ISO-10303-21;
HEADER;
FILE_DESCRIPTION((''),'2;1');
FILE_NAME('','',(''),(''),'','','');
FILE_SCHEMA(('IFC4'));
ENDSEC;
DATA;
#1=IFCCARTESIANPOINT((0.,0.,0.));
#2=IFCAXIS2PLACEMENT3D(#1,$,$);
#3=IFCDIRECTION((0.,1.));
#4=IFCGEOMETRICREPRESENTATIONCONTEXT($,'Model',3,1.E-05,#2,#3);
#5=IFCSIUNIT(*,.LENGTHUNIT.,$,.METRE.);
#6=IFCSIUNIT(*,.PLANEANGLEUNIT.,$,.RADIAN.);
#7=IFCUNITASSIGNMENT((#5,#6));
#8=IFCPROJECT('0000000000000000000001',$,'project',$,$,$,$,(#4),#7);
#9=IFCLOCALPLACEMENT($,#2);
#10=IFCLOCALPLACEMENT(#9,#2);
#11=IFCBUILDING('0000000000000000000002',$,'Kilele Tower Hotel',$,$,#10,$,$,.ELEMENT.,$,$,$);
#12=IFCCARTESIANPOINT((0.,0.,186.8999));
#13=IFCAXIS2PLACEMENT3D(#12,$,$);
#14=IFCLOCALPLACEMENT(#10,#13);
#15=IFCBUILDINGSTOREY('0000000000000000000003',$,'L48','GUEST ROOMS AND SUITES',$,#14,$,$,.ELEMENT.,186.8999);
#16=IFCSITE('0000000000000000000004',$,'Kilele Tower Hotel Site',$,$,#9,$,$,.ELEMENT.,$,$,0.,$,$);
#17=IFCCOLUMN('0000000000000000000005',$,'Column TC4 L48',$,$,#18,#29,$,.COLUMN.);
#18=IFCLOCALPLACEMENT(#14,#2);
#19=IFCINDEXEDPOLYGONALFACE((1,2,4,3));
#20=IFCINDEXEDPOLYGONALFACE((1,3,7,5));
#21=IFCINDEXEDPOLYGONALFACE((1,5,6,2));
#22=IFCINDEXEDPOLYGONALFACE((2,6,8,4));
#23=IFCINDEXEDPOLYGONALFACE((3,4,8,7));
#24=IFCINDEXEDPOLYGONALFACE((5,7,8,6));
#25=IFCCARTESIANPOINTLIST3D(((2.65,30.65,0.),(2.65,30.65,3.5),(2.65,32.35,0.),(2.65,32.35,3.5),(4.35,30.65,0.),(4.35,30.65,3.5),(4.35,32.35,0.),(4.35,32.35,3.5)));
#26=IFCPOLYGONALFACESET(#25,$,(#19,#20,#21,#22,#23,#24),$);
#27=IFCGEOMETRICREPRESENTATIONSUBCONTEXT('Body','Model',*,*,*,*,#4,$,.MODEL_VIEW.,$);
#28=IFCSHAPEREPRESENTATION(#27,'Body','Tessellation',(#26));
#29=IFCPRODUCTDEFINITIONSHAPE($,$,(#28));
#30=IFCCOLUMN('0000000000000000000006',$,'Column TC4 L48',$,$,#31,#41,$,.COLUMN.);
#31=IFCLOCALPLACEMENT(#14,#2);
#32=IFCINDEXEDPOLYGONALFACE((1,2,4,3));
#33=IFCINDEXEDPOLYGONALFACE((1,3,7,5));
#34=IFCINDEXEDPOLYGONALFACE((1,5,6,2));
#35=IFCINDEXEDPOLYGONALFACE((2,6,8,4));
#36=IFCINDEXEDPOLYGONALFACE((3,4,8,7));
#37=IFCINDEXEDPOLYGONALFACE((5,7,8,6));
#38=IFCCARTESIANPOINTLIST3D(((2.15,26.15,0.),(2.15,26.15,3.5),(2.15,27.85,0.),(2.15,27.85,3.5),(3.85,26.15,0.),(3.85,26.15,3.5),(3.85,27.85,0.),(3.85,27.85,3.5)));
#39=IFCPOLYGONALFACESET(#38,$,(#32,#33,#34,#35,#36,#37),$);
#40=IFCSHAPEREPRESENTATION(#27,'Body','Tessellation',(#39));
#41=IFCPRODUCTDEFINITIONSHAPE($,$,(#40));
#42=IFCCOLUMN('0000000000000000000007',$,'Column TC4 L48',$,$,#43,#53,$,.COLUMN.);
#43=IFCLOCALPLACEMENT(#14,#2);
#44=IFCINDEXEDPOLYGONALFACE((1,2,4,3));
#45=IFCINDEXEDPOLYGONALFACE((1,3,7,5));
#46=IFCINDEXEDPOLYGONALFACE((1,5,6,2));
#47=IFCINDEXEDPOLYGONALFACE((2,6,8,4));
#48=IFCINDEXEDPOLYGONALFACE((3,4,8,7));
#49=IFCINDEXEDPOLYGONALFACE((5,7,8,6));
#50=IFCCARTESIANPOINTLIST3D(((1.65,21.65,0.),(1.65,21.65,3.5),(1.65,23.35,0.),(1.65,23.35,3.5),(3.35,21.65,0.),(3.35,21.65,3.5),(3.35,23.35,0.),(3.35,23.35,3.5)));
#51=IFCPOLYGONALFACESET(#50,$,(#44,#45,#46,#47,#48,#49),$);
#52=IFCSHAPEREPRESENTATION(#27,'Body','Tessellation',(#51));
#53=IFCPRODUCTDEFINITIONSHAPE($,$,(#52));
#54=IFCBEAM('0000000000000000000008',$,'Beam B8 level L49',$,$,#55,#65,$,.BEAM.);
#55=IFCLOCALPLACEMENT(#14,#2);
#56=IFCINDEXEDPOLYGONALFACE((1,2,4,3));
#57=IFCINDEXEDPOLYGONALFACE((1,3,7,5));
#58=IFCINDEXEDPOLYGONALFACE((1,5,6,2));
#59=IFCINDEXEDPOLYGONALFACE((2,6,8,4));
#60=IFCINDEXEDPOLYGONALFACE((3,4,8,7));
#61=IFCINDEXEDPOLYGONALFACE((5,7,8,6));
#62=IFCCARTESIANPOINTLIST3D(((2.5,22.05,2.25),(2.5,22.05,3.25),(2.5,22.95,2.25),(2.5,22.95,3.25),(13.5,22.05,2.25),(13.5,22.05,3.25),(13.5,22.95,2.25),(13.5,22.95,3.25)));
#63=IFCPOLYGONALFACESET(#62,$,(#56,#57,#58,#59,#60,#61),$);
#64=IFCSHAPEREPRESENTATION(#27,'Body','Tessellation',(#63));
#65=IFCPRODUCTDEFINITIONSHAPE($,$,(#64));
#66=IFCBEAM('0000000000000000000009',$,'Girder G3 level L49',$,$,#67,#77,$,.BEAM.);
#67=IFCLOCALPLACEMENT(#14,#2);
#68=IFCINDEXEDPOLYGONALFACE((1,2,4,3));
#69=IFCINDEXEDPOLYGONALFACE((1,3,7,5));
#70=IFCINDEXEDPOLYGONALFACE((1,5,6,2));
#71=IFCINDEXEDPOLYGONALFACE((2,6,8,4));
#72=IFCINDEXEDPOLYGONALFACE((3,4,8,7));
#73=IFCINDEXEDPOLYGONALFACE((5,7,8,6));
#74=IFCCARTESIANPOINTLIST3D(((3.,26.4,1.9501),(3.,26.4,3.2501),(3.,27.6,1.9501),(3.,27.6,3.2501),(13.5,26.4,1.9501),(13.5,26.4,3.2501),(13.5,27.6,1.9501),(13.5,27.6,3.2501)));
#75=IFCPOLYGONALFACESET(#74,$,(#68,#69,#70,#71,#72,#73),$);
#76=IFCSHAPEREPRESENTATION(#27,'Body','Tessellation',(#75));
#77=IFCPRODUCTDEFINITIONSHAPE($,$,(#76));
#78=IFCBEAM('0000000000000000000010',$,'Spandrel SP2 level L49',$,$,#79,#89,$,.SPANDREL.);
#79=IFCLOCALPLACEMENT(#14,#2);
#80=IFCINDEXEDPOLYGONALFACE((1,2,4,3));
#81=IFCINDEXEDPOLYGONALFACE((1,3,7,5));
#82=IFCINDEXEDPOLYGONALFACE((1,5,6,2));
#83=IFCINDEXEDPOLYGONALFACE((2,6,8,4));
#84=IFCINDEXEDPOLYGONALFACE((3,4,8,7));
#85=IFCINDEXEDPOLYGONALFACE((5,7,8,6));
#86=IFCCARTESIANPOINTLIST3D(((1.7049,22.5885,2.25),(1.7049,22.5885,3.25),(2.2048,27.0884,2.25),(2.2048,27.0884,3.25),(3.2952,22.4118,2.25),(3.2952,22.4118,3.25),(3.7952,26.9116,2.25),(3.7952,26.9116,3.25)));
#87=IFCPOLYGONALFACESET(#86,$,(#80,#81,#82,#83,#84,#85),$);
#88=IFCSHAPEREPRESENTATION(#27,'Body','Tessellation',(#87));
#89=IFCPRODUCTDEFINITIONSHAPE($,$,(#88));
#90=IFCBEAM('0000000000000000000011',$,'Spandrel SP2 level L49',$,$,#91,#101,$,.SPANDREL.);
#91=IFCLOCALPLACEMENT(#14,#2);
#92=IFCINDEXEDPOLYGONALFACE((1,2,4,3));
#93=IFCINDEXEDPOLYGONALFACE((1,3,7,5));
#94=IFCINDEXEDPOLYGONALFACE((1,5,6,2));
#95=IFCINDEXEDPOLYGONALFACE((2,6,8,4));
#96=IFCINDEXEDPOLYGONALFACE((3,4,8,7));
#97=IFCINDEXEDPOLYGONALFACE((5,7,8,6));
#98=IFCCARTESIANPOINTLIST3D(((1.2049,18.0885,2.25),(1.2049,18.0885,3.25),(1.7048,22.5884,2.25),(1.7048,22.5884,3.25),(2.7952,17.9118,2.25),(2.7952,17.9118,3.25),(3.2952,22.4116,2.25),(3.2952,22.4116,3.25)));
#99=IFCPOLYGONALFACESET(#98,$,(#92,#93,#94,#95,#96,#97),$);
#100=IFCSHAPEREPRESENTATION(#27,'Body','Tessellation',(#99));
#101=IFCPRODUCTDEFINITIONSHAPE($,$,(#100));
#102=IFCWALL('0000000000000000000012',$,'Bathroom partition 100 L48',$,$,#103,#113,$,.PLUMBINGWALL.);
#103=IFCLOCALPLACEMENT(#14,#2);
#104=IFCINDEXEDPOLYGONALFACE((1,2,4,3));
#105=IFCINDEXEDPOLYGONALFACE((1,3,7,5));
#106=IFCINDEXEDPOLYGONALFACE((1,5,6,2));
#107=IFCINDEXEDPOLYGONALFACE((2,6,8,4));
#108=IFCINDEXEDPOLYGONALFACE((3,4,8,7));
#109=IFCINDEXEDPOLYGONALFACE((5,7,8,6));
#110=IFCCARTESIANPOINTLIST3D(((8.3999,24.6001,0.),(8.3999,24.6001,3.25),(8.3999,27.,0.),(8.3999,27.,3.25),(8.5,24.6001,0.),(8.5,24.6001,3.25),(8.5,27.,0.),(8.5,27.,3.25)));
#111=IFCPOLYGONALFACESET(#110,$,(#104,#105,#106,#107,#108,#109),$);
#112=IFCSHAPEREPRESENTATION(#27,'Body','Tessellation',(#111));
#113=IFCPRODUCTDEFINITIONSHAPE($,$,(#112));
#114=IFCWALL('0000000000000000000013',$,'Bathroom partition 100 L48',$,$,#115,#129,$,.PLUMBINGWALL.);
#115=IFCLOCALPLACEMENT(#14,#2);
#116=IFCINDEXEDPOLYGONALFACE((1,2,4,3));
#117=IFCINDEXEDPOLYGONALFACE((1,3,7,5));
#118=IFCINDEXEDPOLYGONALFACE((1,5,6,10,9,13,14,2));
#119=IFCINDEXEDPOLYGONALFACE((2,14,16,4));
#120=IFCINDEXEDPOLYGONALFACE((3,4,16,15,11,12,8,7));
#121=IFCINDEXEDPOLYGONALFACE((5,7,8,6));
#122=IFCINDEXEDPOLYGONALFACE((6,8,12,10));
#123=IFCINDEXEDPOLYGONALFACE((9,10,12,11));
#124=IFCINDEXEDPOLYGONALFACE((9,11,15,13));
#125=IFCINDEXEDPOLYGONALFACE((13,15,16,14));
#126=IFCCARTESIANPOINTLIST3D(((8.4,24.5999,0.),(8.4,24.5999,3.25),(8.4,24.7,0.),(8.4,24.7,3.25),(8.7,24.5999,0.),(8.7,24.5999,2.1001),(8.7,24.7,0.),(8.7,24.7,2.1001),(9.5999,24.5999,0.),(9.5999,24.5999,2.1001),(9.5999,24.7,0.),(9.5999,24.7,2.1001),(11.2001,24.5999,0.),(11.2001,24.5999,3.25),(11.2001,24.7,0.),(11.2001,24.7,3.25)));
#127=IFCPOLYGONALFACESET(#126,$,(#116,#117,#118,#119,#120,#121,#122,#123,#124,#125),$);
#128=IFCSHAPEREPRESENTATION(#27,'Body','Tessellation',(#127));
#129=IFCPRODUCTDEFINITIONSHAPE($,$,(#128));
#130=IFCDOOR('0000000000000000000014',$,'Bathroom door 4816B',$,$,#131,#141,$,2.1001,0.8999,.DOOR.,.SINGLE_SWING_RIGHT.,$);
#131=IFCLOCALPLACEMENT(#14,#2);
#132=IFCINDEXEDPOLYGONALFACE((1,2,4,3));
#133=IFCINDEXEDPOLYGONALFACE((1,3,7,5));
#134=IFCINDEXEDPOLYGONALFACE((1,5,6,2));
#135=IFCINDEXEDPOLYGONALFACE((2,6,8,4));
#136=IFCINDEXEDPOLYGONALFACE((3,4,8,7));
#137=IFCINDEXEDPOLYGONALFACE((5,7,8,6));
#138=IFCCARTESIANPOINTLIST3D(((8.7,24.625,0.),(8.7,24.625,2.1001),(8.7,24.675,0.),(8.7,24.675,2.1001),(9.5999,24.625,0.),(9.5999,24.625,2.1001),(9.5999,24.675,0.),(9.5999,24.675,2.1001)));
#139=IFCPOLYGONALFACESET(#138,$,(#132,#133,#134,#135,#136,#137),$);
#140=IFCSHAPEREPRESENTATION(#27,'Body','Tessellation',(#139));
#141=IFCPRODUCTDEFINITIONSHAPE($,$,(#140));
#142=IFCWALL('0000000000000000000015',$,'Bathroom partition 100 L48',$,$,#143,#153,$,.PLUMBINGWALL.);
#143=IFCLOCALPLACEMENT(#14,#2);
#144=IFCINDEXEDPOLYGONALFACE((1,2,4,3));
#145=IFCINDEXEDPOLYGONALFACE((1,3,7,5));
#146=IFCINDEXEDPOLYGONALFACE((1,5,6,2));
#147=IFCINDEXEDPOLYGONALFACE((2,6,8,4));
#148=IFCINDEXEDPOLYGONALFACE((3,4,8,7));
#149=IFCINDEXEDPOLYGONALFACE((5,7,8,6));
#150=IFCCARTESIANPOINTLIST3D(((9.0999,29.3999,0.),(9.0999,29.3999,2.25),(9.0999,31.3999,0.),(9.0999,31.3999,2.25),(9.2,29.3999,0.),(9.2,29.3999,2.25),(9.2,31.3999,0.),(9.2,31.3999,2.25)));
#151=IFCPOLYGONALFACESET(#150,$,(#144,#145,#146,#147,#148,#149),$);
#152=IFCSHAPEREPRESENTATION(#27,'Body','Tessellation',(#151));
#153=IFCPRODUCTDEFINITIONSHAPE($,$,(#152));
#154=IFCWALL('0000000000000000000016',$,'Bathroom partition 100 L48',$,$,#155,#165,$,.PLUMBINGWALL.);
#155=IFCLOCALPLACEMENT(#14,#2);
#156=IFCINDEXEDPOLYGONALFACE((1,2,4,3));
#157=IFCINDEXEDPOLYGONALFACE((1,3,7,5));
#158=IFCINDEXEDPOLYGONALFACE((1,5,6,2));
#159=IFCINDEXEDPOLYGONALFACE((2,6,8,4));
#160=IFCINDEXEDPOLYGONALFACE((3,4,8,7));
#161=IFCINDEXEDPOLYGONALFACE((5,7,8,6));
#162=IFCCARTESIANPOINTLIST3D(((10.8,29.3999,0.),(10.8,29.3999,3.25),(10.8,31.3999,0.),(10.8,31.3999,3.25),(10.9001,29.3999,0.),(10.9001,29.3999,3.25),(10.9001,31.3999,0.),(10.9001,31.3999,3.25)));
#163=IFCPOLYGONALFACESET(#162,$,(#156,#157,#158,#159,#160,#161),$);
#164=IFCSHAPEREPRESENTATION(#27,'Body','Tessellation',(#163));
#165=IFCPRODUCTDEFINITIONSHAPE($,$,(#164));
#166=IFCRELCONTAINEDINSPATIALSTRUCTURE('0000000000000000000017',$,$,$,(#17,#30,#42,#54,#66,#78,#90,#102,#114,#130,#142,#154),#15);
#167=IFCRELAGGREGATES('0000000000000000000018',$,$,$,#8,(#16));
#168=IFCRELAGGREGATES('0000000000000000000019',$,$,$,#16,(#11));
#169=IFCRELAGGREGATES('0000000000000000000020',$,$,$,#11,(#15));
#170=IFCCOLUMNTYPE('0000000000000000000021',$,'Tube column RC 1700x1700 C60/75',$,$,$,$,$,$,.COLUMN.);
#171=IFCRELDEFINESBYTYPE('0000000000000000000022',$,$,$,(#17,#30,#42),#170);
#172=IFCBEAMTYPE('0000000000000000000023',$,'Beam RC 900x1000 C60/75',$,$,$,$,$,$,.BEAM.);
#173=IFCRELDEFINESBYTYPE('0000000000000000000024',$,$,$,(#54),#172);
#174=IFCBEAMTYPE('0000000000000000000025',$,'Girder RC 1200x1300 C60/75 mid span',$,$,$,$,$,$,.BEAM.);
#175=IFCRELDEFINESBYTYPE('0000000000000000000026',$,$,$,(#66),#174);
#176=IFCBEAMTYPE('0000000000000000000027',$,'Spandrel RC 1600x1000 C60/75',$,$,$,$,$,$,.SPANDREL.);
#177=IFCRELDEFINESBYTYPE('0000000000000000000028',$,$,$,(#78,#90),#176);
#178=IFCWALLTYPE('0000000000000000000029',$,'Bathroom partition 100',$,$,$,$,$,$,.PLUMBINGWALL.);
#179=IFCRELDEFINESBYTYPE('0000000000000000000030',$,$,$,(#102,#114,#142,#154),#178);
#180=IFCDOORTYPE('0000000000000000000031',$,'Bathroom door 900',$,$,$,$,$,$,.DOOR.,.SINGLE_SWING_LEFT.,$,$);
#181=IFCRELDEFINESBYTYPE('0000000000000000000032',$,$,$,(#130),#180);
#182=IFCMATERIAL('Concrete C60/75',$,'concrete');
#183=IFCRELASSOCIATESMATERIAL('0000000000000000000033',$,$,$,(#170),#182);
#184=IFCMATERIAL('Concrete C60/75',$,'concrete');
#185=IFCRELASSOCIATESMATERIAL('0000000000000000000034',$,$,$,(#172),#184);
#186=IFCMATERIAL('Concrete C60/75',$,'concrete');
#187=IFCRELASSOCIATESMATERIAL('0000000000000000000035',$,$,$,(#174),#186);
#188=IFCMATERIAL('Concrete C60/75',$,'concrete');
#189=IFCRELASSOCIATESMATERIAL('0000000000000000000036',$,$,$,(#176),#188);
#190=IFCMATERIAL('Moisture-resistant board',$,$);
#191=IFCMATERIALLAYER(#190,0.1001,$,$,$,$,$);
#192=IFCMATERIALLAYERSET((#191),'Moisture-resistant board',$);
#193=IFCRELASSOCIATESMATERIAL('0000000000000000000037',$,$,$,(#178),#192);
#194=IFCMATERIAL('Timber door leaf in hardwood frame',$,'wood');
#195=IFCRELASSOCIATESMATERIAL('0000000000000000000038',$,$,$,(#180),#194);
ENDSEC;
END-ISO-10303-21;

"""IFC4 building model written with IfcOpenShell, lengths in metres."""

from ifc_helpers import new_model, si_unit, direction, frame, frame_2d, origin, origin_2d, place, context, subcontext, project, spatial, rectangle, extrude, material, layer, layer_set, material_profile, profile_set, type_object, element, fill, save


model = new_model("IFC4")

# Units and contexts
model_context = context("Model", 3, precision=1e-05, world=origin(), true_north=direction((0.0, 1.0)))
body_context = subcontext(model_context, "Body", "Model", "MODEL_VIEW")
ifc_project = project(units=[si_unit("LENGTHUNIT", "METRE"), si_unit("PLANEANGLEUNIT", "RADIAN")], contexts=[model_context])

# Site, building, storey
site_placement = place(None, origin())
site = spatial("IfcSite", under=ifc_project, at=site_placement, Name="Kilele Tower Hotel Site", CompositionType="ELEMENT", RefElevation=0.0)
building_placement = place(site_placement, origin())
building = spatial("IfcBuilding", under=site, at=building_placement, Name="Kilele Tower Hotel", CompositionType="ELEMENT")
storey_placement = place(building_placement, frame((0.0, 0.0, 186.8999)))
storey = spatial("IfcBuildingStorey", under=building, at=storey_placement, Name="L48", Description="GUEST ROOMS AND SUITES", CompositionType="ELEMENT", Elevation=186.8999)

# Columns
ifc_material_1 = material(Name="Concrete C60/75", Category="concrete")
ifc_material_profile_1 = material_profile(ifc_material_1, rectangle(XDim=1.7, YDim=1.7, at=origin_2d()))
ifc_profile_set_1 = profile_set([ifc_material_profile_1], Name="Concrete C60/75")
column_type = type_object("IfcColumnType", Name="Tube column RC 1700x1700 C60/75", PredefinedType="COLUMN", material=ifc_profile_set_1)
for number, where, z_axis, x_axis, name in (
    (1, (3.5, 31.5, 0.0), (0.0, 0.0, 1.0), (1.0, 0.0, 0.0), "Column TC4 L48"),
    (2, (3.0, 27.0, 0.0), (0.0, 0.0, 1.0), (1.0, 0.0, 0.0), "Column TC4 L48"),
    (3, (2.5, 22.5, 0.0), (0.0, 0.0, 1.0), (1.0, 0.0, 0.0), "Column TC4 L48"),
):
    element("IfcColumn", number, at=place(storey_placement, frame(where, z_axis=z_axis, x_axis=x_axis)), inside=storey, type_object=column_type, Name=name, PredefinedType="COLUMN", context=body_context, shape_type="SweptSolid", body=[
        extrude(rectangle(XDim=1.7, YDim=1.7, at=origin_2d()), origin(), (0.0, 0.0, 1.0), 3.5),
    ])

# Beams
ifc_material_2 = material(Name="Concrete C60/75", Category="concrete")
ifc_material_profile_2 = material_profile(ifc_material_2, rectangle(XDim=0.8999, YDim=1.0, at=origin_2d()))
ifc_profile_set_2 = profile_set([ifc_material_profile_2], Name="Concrete C60/75")
beam_type_1 = type_object("IfcBeamType", Name="Beam RC 900x1000 C60/75", PredefinedType="BEAM", material=ifc_profile_set_2)
beam_1_placement = place(storey_placement, frame((2.5, 22.5, 2.75), z_axis=(1.0, 0.0, 0.0), x_axis=(0.0, 1.0, 0.0)))
element("IfcBeam", 4, at=beam_1_placement, inside=storey, type_object=beam_type_1, Name="Beam B8 level L49", PredefinedType="BEAM", context=body_context, shape_type="SweptSolid", body=[
    extrude(rectangle(XDim=0.8999, YDim=1.0, at=origin_2d()), origin(), (0.0, 0.0, 1.0), 11.0),
])
ifc_material_3 = material(Name="Concrete C60/75", Category="concrete")
ifc_material_profile_3 = material_profile(ifc_material_3, rectangle(XDim=1.2, YDim=1.3, at=origin_2d()))
ifc_profile_set_3 = profile_set([ifc_material_profile_3], Name="Concrete C60/75")
beam_type_2 = type_object("IfcBeamType", Name="Girder RC 1200x1300 C60/75 mid span", PredefinedType="BEAM", material=ifc_profile_set_3)
beam_2_placement = place(storey_placement, frame((3.0, 27.0, 2.6001), z_axis=(1.0, 0.0, 0.0), x_axis=(0.0, 1.0, 0.0)))
element("IfcBeam", 5, at=beam_2_placement, inside=storey, type_object=beam_type_2, Name="Girder G3 level L49", PredefinedType="BEAM", context=body_context, shape_type="SweptSolid", body=[
    extrude(rectangle(XDim=1.2, YDim=1.3, at=origin_2d()), origin(), (0.0, 0.0, 1.0), 10.5),
])
ifc_material_4 = material(Name="Concrete C60/75", Category="concrete")
ifc_material_profile_4 = material_profile(ifc_material_4, rectangle(XDim=1.6001, YDim=1.0, at=origin_2d()))
ifc_profile_set_4 = profile_set([ifc_material_profile_4], Name="Concrete C60/75")
beam_type_3 = type_object("IfcBeamType", Name="Spandrel RC 1600x1000 C60/75", PredefinedType="SPANDREL", material=ifc_profile_set_4)
for number, where, z_axis, x_axis, name in (
    (6, (3.0, 27.0, 2.75), (-0.110432, -0.993884, 0.0), (0.993884, -0.110432, 0.0), "Spandrel SP2 level L49"),
    (7, (2.5, 22.5, 2.75), (-0.110432, -0.993884, 0.0), (0.993884, -0.110432, 0.0), "Spandrel SP2 level L49"),
):
    element("IfcBeam", number, at=place(storey_placement, frame(where, z_axis=z_axis, x_axis=x_axis)), inside=storey, type_object=beam_type_3, Name=name, PredefinedType="SPANDREL", context=body_context, shape_type="SweptSolid", body=[
        extrude(rectangle(XDim=1.6001, YDim=1.0, at=origin_2d()), origin(), (0.0, 0.0, 1.0), 4.5276),
    ])

# Wall
ifc_material_5 = material(Name="Moisture-resistant board")
ifc_layer_1 = layer(ifc_material_5, 0.1001)
ifc_layer_set_1 = layer_set([ifc_layer_1], Name="Moisture-resistant board")
wall_type_1 = type_object("IfcWallType", Name="Bathroom partition 100", PredefinedType="PLUMBINGWALL", material=ifc_layer_set_1)
wall_1_placement = place(storey_placement, frame((8.45, 24.6001, 0.0), z_axis=(0.0, 0.0, 1.0), x_axis=(0.0, 1.0, 0.0)))
element("IfcWall", 8, at=wall_1_placement, inside=storey, type_object=wall_type_1, Name="Bathroom partition 100 L48", PredefinedType="PLUMBINGWALL", context=body_context, shape_type="SweptSolid", body=[
    extrude(rectangle(XDim=2.3999, YDim=0.1001, at=frame_2d((1.2, 0.0))), origin(), (0.0, 0.0, 1.0), 3.25),
])

# Wall, opening, door
wall_2_placement = place(storey_placement, frame((11.2, 24.6499, 0.0), z_axis=(0.0, 0.0, 1.0), x_axis=(-1.0, 0.0, 0.0)))
wall_2 = element("IfcWall", 9, at=wall_2_placement, inside=storey, type_object=wall_type_1, Name="Bathroom partition 100 L48", PredefinedType="PLUMBINGWALL", context=body_context, shape_type="SweptSolid", body=[
    extrude(rectangle(XDim=2.8, YDim=0.1001, at=frame_2d((1.3999, 0.0))), origin(), (0.0, 0.0, 1.0), 3.25),
])
opening_1_placement = place(wall_2_placement, frame((1.6001, 0.0, 0.0)))
opening_1 = element("IfcOpeningElement", 10, at=opening_1_placement, cuts=wall_2, PredefinedType="OPENING", context=body_context, shape_type="SweptSolid", body=[
    extrude(rectangle(XDim=0.8999, YDim=2.1001, at=frame_2d((0.45, 1.05))), frame((0.0, 0.0601, 0.0), z_axis=(0.0, -1.0, 0.0), x_axis=(1.0, 0.0, 0.0)), (0.0, 0.0, 1.0), 0.1201),
])
ifc_material_6 = material(Name="Timber door leaf in hardwood frame", Category="wood")
door_type_1 = type_object("IfcDoorType", Name="Bathroom door 900", OperationType="SINGLE_SWING_LEFT", PredefinedType="DOOR", material=ifc_material_6)
door_1_placement = place(opening_1_placement, origin())
door_1 = element("IfcDoor", 11, at=door_1_placement, inside=storey, type_object=door_type_1, Name="Bathroom door 4816B", OperationType="SINGLE_SWING_RIGHT", OverallHeight=2.1001, OverallWidth=0.8999, PredefinedType="DOOR", context=body_context, shape_type="SweptSolid", body=[
    extrude(rectangle(XDim=0.8999, YDim=2.1001, at=frame_2d((0.45, 1.05))), frame((0.0, 0.0249, 0.0), z_axis=(0.0, -1.0, 0.0), x_axis=(1.0, 0.0, 0.0)), (0.0, 0.0, 1.0), 0.05),
])
fill(opening_1, door_1)

# Walls
wall_3_placement = place(storey_placement, frame((9.1499, 31.3999, 0.0), z_axis=(0.0, 0.0, 1.0), x_axis=(0.0, -1.0, 0.0)))
element("IfcWall", 12, at=wall_3_placement, inside=storey, type_object=wall_type_1, Name="Bathroom partition 100 L48", PredefinedType="PLUMBINGWALL", context=body_context, shape_type="SweptSolid", body=[
    extrude(rectangle(XDim=2.0, YDim=0.1001, at=frame_2d((1.0, 0.0))), origin(), (0.0, 0.0, 1.0), 2.25),
])
wall_4_placement = place(storey_placement, frame((10.8501, 31.3999, 0.0), z_axis=(0.0, 0.0, 1.0), x_axis=(0.0, -1.0, 0.0)))
element("IfcWall", 13, at=wall_4_placement, inside=storey, type_object=wall_type_1, Name="Bathroom partition 100 L48", PredefinedType="PLUMBINGWALL", context=body_context, shape_type="SweptSolid", body=[
    extrude(rectangle(XDim=2.0, YDim=0.1001, at=frame_2d((1.0, 0.0))), origin(), (0.0, 0.0, 1.0), 3.25),
])

save(model, "model.ifc")
